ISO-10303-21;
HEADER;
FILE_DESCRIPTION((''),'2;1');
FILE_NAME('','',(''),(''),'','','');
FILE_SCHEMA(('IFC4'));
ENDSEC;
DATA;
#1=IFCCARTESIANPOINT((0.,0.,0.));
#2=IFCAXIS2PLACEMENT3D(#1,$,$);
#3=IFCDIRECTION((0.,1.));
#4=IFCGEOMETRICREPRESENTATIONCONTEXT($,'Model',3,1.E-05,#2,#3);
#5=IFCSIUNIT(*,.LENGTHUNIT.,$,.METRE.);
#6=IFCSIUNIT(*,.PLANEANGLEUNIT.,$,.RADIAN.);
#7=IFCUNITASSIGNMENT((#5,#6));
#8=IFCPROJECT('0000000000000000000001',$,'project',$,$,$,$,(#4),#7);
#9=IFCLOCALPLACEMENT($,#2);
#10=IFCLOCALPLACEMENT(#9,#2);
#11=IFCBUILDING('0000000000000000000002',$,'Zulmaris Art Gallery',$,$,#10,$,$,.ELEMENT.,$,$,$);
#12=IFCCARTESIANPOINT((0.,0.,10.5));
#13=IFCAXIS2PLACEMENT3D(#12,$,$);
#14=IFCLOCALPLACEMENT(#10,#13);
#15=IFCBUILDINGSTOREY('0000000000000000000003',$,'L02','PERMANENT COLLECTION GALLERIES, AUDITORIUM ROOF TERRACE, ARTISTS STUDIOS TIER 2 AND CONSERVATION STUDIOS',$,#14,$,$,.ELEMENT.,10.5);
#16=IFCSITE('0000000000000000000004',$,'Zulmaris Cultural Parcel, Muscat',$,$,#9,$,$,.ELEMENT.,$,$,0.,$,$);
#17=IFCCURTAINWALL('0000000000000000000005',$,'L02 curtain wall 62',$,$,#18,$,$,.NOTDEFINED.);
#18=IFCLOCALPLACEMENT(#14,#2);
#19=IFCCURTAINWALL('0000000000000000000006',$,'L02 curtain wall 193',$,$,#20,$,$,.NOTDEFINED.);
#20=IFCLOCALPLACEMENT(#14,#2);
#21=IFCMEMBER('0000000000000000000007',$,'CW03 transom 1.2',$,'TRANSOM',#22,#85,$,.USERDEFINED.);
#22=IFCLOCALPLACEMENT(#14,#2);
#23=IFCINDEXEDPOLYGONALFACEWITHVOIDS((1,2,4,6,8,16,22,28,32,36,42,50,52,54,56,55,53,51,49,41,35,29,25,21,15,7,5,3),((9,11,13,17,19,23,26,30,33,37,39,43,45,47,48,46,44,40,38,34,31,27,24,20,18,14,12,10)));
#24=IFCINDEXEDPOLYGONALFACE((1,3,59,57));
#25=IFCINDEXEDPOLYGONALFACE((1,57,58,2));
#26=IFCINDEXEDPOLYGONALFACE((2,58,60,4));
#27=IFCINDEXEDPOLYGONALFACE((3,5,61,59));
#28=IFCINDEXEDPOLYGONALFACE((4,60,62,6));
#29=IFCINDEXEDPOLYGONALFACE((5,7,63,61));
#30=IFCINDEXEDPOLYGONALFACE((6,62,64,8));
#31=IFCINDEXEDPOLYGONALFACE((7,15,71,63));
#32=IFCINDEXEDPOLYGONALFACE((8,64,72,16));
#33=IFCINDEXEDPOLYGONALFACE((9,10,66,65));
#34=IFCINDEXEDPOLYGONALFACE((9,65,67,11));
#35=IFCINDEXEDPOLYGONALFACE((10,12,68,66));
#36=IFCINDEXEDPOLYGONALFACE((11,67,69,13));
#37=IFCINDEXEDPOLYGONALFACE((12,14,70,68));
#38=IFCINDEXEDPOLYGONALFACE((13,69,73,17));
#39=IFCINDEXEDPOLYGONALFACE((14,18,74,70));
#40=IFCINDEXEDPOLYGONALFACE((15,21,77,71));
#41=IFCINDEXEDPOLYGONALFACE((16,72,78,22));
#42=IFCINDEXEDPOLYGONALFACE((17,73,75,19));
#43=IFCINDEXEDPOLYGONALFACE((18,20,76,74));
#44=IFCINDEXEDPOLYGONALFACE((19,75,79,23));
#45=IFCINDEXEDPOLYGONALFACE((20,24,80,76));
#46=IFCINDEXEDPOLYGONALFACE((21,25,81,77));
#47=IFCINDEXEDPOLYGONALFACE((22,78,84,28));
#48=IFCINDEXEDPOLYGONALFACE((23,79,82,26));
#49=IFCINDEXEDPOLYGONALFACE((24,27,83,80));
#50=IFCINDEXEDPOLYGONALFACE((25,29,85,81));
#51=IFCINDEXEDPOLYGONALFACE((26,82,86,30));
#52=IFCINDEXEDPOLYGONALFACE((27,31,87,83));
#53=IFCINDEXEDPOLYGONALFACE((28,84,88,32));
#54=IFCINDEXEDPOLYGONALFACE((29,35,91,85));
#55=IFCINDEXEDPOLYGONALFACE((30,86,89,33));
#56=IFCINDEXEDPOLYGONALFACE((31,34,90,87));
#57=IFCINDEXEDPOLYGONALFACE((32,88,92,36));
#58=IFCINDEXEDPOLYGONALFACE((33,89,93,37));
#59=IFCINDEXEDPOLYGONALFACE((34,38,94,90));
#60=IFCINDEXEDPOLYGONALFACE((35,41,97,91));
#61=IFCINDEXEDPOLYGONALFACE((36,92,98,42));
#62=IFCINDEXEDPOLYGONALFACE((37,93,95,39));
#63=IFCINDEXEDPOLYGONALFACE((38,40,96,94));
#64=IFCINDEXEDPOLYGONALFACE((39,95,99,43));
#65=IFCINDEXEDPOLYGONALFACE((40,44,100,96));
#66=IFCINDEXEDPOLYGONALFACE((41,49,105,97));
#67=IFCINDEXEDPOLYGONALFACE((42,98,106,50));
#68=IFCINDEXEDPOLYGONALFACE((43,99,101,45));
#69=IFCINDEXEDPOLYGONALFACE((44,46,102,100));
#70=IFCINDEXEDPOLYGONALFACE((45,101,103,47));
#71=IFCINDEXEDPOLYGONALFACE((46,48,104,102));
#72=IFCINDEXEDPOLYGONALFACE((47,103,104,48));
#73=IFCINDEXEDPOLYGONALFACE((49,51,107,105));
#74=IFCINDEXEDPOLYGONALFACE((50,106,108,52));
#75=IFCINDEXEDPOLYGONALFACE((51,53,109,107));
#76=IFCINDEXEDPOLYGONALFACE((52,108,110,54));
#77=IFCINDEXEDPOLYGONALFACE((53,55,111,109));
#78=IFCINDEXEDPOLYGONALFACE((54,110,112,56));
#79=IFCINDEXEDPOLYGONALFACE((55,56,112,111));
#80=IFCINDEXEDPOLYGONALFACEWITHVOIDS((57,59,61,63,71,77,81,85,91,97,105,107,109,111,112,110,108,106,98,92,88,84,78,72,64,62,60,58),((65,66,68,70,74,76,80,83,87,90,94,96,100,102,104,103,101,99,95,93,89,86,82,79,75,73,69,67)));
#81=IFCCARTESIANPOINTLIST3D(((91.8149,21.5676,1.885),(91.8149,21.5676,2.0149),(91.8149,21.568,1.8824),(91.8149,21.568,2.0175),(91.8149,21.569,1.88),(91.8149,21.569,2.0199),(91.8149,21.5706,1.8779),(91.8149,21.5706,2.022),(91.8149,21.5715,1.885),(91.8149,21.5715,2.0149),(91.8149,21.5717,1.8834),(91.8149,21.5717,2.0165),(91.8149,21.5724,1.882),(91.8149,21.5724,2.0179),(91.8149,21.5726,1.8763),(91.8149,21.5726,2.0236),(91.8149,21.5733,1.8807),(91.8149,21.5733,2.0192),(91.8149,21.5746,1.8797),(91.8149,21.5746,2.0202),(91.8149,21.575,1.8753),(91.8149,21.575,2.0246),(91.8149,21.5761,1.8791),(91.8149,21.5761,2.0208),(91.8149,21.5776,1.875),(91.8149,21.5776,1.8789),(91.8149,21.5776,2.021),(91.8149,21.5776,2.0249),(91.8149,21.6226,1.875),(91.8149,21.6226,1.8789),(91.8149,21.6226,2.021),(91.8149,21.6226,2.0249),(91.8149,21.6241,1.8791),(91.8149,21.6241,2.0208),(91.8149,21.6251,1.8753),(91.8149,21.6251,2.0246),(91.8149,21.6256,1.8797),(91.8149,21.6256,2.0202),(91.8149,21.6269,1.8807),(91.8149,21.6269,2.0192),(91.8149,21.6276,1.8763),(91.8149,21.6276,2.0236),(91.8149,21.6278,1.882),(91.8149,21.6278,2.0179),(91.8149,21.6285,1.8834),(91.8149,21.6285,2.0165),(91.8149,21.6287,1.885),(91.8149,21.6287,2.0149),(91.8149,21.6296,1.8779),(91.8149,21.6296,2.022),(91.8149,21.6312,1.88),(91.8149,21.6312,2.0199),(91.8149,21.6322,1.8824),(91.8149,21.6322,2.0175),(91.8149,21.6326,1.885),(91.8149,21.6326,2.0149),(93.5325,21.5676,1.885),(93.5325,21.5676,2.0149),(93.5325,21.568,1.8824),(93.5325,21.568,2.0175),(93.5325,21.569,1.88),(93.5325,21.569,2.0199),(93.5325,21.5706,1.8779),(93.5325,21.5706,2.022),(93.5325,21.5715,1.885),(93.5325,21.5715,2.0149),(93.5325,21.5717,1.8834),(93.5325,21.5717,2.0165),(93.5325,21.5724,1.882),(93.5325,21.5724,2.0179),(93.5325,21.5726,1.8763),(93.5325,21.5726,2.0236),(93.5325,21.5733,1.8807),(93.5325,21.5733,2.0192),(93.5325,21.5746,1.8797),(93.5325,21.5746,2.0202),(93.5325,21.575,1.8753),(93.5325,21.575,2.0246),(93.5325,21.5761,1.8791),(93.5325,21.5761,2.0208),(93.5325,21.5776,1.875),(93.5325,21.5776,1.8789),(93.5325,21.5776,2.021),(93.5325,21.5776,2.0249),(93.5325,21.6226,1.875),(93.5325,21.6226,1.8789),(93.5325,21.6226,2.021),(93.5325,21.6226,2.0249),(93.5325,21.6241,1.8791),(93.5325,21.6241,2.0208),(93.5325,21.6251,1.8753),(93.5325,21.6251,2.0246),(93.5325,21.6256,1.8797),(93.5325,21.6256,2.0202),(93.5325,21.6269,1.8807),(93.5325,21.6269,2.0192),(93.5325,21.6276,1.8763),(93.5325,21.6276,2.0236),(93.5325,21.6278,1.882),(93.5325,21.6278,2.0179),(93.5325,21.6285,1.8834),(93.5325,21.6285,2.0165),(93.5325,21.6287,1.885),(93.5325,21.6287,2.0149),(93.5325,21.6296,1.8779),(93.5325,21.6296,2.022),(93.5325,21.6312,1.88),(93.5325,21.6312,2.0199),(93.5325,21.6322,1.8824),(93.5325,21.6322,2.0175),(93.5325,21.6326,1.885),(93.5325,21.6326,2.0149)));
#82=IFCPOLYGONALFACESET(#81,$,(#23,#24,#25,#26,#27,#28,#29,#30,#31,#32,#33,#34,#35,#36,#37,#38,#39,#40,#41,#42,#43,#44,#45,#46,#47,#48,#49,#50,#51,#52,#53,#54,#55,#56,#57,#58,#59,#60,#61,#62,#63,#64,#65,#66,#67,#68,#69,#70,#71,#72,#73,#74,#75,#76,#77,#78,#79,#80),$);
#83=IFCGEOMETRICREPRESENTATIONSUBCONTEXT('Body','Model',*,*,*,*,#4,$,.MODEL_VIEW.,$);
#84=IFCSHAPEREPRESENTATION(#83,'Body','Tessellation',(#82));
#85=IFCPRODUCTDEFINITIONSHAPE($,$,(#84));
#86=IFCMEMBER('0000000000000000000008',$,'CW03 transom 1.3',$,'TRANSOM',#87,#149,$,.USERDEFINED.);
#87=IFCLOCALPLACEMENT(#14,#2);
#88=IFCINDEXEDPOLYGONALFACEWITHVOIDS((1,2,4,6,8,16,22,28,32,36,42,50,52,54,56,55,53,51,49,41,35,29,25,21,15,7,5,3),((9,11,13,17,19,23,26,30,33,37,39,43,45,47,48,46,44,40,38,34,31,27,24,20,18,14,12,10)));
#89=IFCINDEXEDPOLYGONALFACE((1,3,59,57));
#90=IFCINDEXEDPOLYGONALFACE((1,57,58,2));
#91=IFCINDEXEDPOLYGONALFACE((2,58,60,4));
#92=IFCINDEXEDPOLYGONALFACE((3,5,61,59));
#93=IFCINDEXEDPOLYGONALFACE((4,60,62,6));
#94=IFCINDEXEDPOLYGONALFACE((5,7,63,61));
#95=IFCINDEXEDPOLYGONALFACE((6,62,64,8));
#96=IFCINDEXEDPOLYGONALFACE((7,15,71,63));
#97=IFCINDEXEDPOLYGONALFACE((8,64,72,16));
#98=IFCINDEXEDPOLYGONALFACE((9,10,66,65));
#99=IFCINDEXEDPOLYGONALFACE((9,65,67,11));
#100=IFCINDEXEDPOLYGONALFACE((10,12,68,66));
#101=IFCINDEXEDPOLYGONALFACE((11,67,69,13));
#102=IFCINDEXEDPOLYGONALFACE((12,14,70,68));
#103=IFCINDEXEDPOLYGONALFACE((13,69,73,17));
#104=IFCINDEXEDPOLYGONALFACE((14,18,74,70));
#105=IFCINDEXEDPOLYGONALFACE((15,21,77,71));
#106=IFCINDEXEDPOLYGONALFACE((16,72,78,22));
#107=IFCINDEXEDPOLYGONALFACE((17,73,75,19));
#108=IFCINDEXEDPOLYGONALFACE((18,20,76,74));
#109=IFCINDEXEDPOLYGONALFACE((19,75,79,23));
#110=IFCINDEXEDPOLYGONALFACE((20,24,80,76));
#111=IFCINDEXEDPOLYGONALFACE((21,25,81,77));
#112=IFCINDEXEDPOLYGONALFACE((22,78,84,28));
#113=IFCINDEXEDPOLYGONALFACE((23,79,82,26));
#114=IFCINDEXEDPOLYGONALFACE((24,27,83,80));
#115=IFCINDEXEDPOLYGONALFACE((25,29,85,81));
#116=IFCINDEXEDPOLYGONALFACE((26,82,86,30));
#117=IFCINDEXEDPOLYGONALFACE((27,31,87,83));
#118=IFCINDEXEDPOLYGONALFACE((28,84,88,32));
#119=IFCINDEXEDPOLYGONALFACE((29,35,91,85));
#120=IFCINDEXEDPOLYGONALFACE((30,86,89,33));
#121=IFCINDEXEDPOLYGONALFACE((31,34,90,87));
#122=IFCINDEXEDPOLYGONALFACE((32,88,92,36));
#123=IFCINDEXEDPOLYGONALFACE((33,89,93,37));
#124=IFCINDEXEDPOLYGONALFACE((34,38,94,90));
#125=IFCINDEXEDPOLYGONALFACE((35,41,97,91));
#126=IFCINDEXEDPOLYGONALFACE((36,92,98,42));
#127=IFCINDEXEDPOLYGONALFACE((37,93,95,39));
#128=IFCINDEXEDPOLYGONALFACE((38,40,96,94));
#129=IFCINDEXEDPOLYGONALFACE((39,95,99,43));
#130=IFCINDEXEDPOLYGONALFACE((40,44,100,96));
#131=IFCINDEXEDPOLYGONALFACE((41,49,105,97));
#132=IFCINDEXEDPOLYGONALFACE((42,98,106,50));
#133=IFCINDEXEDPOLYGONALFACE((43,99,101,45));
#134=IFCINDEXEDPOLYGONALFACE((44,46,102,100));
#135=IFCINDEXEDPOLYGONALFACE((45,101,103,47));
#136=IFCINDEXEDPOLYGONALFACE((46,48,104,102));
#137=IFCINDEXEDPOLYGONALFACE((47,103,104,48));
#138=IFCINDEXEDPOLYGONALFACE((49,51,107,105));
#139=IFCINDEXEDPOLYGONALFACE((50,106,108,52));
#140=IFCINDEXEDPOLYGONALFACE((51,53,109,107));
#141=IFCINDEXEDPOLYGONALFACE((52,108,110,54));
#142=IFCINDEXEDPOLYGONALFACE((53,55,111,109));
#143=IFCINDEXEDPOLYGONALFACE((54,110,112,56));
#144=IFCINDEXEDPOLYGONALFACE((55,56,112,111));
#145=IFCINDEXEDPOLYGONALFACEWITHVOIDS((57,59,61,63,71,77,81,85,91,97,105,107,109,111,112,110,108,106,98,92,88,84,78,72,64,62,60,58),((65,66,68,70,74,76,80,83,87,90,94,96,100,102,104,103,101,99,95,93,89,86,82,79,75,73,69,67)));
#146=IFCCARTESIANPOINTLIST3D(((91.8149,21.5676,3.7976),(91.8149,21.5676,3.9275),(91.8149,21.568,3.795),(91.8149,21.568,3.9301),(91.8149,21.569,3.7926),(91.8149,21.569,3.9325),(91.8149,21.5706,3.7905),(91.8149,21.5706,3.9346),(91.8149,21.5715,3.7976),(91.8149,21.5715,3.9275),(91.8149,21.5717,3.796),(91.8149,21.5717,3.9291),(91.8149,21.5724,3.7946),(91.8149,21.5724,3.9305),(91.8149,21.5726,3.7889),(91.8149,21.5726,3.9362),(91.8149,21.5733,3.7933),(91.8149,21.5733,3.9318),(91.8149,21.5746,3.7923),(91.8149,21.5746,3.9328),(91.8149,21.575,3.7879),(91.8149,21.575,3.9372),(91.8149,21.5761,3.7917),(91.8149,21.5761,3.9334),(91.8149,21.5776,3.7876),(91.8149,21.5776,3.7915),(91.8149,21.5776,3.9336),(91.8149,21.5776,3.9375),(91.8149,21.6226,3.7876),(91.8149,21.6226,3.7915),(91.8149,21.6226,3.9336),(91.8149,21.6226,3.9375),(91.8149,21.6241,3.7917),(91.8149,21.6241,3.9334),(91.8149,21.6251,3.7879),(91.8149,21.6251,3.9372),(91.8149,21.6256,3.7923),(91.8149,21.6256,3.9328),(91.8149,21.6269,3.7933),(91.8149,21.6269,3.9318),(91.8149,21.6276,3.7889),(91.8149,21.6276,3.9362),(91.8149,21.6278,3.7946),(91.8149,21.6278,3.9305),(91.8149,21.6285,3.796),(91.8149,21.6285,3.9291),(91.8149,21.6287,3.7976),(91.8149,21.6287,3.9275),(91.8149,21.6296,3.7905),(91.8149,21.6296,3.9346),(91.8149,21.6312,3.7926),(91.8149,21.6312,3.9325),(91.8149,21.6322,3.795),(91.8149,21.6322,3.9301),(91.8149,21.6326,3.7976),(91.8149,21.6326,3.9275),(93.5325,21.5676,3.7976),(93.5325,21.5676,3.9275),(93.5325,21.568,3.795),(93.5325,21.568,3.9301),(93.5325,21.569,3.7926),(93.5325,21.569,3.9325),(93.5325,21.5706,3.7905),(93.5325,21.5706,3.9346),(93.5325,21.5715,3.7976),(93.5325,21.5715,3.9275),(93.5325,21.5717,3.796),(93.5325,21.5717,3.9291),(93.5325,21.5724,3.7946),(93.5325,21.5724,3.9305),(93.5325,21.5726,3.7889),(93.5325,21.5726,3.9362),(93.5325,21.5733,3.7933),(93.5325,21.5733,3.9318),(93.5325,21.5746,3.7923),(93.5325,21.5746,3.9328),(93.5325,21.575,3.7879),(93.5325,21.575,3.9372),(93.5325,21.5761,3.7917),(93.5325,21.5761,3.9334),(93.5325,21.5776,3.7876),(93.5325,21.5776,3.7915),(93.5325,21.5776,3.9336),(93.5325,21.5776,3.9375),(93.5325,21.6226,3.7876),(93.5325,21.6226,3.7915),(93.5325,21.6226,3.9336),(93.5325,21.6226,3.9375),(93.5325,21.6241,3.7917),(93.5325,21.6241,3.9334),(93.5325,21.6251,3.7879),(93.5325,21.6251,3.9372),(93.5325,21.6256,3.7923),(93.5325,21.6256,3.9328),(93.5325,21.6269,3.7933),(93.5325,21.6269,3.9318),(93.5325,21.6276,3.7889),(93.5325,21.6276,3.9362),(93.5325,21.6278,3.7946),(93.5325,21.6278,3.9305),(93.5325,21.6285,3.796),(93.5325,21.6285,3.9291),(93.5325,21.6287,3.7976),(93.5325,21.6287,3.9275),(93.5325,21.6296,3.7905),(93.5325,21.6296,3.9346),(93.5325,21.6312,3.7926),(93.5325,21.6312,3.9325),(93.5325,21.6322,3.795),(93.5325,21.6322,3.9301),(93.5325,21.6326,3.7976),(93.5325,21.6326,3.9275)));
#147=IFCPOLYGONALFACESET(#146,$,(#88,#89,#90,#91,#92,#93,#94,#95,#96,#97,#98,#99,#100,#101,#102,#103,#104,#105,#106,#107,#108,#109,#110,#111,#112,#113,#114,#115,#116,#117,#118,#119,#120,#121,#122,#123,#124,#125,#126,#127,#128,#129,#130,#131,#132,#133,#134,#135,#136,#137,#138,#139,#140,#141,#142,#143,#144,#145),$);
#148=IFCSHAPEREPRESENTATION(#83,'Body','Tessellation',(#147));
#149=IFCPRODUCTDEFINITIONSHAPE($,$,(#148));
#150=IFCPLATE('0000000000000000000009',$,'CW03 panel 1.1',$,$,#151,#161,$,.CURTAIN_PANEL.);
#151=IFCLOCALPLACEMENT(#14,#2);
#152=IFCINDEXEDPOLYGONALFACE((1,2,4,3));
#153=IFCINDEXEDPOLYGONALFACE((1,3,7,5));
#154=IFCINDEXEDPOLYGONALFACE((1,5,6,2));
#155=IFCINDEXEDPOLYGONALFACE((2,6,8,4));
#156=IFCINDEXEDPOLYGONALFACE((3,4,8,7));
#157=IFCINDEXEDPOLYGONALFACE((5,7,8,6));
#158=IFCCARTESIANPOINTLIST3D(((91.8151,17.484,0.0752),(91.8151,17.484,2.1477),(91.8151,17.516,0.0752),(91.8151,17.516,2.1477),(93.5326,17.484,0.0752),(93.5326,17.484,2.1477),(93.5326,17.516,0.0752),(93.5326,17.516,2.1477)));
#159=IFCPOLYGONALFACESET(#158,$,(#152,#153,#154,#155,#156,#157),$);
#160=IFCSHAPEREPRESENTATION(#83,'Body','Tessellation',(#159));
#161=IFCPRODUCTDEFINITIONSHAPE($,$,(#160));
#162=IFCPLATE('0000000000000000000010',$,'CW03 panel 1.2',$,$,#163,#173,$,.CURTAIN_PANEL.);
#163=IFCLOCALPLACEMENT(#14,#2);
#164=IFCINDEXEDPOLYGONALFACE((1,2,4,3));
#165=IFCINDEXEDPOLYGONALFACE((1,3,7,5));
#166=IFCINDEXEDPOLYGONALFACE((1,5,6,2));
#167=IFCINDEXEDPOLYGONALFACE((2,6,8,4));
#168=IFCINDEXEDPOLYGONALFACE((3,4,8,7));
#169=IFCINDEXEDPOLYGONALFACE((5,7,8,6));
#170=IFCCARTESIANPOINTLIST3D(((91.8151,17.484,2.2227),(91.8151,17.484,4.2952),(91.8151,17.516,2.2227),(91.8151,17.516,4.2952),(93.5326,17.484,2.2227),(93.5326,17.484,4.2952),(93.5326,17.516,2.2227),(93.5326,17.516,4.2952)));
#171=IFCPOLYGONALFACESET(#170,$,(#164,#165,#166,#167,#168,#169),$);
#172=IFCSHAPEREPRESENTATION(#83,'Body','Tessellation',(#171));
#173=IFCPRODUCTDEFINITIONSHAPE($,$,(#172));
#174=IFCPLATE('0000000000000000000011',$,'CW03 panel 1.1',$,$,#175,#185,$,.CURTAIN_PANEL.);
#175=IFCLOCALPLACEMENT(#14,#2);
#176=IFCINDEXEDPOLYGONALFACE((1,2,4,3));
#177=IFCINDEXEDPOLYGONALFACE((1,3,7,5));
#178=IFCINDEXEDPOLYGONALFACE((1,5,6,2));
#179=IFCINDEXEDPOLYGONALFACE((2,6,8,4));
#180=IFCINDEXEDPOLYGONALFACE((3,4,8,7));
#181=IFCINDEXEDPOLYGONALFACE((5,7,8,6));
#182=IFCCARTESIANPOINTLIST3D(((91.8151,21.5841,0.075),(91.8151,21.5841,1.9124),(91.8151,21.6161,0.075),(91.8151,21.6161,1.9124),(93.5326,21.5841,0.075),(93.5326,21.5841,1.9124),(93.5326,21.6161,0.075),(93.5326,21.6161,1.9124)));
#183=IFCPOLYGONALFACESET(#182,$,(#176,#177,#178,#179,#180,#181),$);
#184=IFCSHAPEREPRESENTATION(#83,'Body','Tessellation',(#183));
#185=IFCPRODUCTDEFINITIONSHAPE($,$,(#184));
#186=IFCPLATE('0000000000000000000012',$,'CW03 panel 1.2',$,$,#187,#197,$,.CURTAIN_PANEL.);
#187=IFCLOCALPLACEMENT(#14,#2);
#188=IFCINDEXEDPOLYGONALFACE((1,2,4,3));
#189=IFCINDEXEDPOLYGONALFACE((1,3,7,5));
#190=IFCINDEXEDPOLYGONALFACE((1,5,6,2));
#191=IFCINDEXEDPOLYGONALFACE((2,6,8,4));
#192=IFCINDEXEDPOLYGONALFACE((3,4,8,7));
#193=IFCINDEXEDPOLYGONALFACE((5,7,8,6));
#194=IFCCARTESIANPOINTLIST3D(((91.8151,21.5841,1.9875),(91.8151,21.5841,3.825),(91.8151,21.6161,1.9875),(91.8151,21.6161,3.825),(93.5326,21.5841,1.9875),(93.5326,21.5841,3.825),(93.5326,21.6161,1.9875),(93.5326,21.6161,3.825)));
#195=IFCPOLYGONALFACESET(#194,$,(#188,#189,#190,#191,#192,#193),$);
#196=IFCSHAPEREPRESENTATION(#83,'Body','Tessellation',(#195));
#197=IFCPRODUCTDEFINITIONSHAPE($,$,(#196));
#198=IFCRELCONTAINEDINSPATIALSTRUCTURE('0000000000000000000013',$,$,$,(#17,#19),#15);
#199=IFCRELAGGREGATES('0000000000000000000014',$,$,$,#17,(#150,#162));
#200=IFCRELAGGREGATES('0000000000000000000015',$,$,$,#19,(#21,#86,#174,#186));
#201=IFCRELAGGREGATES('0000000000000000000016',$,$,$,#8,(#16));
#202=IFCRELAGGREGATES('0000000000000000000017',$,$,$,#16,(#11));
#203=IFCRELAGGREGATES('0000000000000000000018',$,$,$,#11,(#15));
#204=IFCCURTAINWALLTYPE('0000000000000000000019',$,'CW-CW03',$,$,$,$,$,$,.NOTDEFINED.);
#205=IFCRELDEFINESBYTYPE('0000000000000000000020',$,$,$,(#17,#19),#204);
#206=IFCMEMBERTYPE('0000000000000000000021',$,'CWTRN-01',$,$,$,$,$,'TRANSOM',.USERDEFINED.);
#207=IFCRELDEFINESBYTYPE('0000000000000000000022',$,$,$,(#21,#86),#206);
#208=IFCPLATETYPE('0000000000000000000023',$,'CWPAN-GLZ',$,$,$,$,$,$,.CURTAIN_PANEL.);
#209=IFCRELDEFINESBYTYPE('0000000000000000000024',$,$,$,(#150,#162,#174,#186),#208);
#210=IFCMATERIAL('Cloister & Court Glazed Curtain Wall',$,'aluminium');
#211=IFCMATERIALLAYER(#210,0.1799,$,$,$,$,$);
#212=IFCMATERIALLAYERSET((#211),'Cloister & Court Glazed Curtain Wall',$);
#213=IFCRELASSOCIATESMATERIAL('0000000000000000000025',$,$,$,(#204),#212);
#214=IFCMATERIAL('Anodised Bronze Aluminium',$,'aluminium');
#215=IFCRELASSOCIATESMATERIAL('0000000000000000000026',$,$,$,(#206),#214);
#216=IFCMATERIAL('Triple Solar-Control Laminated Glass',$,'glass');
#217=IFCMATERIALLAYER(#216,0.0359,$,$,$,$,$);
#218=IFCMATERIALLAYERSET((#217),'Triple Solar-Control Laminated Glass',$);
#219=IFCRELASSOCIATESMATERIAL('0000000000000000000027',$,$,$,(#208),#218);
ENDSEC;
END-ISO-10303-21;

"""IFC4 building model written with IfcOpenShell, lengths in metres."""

from ifc_helpers import new_model, si_unit, direction, frame, origin, origin_2d, place, context, subcontext, project, spatial, rectangle, hollow_rectangle, extrude, material, layer, layer_set, material_profile, profile_set, type_object, element, aggregate, save


model = new_model("IFC4")

# Units and contexts
model_context = context("Model", 3, precision=1e-05, world=origin(), true_north=direction((0.0, 1.0)))
body_context = subcontext(model_context, "Body", "Model", "MODEL_VIEW")
ifc_project = project(units=[si_unit("LENGTHUNIT", "METRE"), si_unit("PLANEANGLEUNIT", "RADIAN")], contexts=[model_context])

# Site, building, storey
site_placement = place(None, origin())
site = spatial("IfcSite", under=ifc_project, at=site_placement, Name="Zulmaris Cultural Parcel, Muscat", CompositionType="ELEMENT", RefElevation=0.0)
building_placement = place(site_placement, origin())
building = spatial("IfcBuilding", under=site, at=building_placement, Name="Zulmaris Art Gallery", CompositionType="ELEMENT")
storey_placement = place(building_placement, frame((0.0, 0.0, 10.5)))
storey = spatial("IfcBuildingStorey", under=building, at=storey_placement, Name="L02", Description="PERMANENT COLLECTION GALLERIES, AUDITORIUM ROOF TERRACE, ARTISTS STUDIOS TIER 2 AND CONSERVATION STUDIOS", CompositionType="ELEMENT", Elevation=10.5)

# Curtain wall
ifc_material_1 = material(Name="Cloister & Court Glazed Curtain Wall", Category="aluminium")
ifc_layer_1 = layer(ifc_material_1, 0.1799)
ifc_layer_set_1 = layer_set([ifc_layer_1], Name="Cloister & Court Glazed Curtain Wall")
curtain_wall_type = type_object("IfcCurtainWallType", Name="CW-CW03", PredefinedType="NOTDEFINED", material=ifc_layer_set_1)
curtain_wall_1_placement = place(storey_placement, origin())
curtain_wall_1 = element("IfcCurtainWall", 1, at=curtain_wall_1_placement, inside=storey, type_object=curtain_wall_type, Name="L02 curtain wall 62", PredefinedType="NOTDEFINED")
ifc_material_2 = material(Name="Anodised Bronze Aluminium", Category="aluminium")

# Curtain wall
curtain_wall_2_placement = place(storey_placement, origin())
curtain_wall_2 = element("IfcCurtainWall", 2, at=curtain_wall_2_placement, inside=storey, type_object=curtain_wall_type, Name="L02 curtain wall 193", PredefinedType="NOTDEFINED")

# Members
ifc_material_profile_1 = material_profile(ifc_material_2, hollow_rectangle(XDim=0.0649, YDim=0.1499, WallThickness=0.0039, InnerFilletRadius=0.0061, OuterFilletRadius=0.01, at=origin_2d()), Name="ALU 65x150x4")
ifc_profile_set_1 = profile_set([ifc_material_profile_1], Name="Anodised Bronze Aluminium")
member_type_1 = type_object("IfcMemberType", Name="CWTRN-01", ElementType="TRANSOM", PredefinedType="USERDEFINED", material=ifc_profile_set_1)
member_1_placement = place(storey_placement, frame((91.8149, 21.6001, 1.95), z_axis=(1.0, 0.0, 0.0), x_axis=(0.0, 1.0, 0.0)))
member_1 = element("IfcMember", 3, at=member_1_placement, type_object=member_type_1, Name="CW03 transom 1.2", ObjectType="TRANSOM", PredefinedType="USERDEFINED", context=body_context, shape_type="SweptSolid", body=[
    extrude(hollow_rectangle(XDim=0.0649, YDim=0.1499, WallThickness=0.0039, InnerFilletRadius=0.0061, OuterFilletRadius=0.01, at=origin_2d()), origin(), (0.0, 0.0, 1.0), 1.7175),
])
member_2_placement = place(storey_placement, frame((91.8149, 21.6001, 3.8625), z_axis=(1.0, 0.0, 0.0), x_axis=(0.0, 1.0, 0.0)))
member_2 = element("IfcMember", 4, at=member_2_placement, type_object=member_type_1, Name="CW03 transom 1.3", ObjectType="TRANSOM", PredefinedType="USERDEFINED", context=body_context, shape_type="SweptSolid", body=[
    extrude(hollow_rectangle(XDim=0.0649, YDim=0.1499, WallThickness=0.0039, InnerFilletRadius=0.0061, OuterFilletRadius=0.01, at=origin_2d()), origin(), (0.0, 0.0, 1.0), 1.7175),
])

# Plates
ifc_material_3 = material(Name="Triple Solar-Control Laminated Glass", Category="glass")
ifc_layer_2 = layer(ifc_material_3, 0.0359)
ifc_layer_set_2 = layer_set([ifc_layer_2], Name="Triple Solar-Control Laminated Glass")
plate_type = type_object("IfcPlateType", Name="CWPAN-GLZ", PredefinedType="CURTAIN_PANEL", material=ifc_layer_set_2)
plate_1_placement = place(storey_placement, frame((92.6738, 17.5, 0.0752), z_axis=(0.0, 0.0, 1.0), x_axis=(1.0, 0.0, 0.0)))
plate_1 = element("IfcPlate", 5, at=plate_1_placement, type_object=plate_type, Name="CW03 panel 1.1", PredefinedType="CURTAIN_PANEL", context=body_context, shape_type="SweptSolid", body=[
    extrude(rectangle(XDim=1.7175, YDim=0.032, at=origin_2d()), origin(), (0.0, 0.0, 1.0), 2.0725),
])
plate_2_placement = place(storey_placement, frame((92.6738, 17.5, 2.2227), z_axis=(0.0, 0.0, 1.0), x_axis=(1.0, 0.0, 0.0)))
plate_2 = element("IfcPlate", 6, at=plate_2_placement, type_object=plate_type, Name="CW03 panel 1.2", PredefinedType="CURTAIN_PANEL", context=body_context, shape_type="SweptSolid", body=[
    extrude(rectangle(XDim=1.7175, YDim=0.032, at=origin_2d()), origin(), (0.0, 0.0, 1.0), 2.0725),
])
aggregate(curtain_wall_1, [plate_1, plate_2])
plate_3_placement = place(storey_placement, frame((92.6738, 21.6001, 0.075), z_axis=(0.0, 0.0, 1.0), x_axis=(1.0, 0.0, 0.0)))
plate_3 = element("IfcPlate", 7, at=plate_3_placement, type_object=plate_type, Name="CW03 panel 1.1", PredefinedType="CURTAIN_PANEL", context=body_context, shape_type="SweptSolid", body=[
    extrude(rectangle(XDim=1.7175, YDim=0.032, at=origin_2d()), origin(), (0.0, 0.0, 1.0), 1.8374),
])
plate_4_placement = place(storey_placement, frame((92.6738, 21.6001, 1.9875), z_axis=(0.0, 0.0, 1.0), x_axis=(1.0, 0.0, 0.0)))
plate_4 = element("IfcPlate", 8, at=plate_4_placement, type_object=plate_type, Name="CW03 panel 1.2", PredefinedType="CURTAIN_PANEL", context=body_context, shape_type="SweptSolid", body=[
    extrude(rectangle(XDim=1.7175, YDim=0.032, at=origin_2d()), origin(), (0.0, 0.0, 1.0), 1.8374),
])
aggregate(curtain_wall_2, [member_1, member_2, plate_3, plate_4])

save(model, "model.ifc")
